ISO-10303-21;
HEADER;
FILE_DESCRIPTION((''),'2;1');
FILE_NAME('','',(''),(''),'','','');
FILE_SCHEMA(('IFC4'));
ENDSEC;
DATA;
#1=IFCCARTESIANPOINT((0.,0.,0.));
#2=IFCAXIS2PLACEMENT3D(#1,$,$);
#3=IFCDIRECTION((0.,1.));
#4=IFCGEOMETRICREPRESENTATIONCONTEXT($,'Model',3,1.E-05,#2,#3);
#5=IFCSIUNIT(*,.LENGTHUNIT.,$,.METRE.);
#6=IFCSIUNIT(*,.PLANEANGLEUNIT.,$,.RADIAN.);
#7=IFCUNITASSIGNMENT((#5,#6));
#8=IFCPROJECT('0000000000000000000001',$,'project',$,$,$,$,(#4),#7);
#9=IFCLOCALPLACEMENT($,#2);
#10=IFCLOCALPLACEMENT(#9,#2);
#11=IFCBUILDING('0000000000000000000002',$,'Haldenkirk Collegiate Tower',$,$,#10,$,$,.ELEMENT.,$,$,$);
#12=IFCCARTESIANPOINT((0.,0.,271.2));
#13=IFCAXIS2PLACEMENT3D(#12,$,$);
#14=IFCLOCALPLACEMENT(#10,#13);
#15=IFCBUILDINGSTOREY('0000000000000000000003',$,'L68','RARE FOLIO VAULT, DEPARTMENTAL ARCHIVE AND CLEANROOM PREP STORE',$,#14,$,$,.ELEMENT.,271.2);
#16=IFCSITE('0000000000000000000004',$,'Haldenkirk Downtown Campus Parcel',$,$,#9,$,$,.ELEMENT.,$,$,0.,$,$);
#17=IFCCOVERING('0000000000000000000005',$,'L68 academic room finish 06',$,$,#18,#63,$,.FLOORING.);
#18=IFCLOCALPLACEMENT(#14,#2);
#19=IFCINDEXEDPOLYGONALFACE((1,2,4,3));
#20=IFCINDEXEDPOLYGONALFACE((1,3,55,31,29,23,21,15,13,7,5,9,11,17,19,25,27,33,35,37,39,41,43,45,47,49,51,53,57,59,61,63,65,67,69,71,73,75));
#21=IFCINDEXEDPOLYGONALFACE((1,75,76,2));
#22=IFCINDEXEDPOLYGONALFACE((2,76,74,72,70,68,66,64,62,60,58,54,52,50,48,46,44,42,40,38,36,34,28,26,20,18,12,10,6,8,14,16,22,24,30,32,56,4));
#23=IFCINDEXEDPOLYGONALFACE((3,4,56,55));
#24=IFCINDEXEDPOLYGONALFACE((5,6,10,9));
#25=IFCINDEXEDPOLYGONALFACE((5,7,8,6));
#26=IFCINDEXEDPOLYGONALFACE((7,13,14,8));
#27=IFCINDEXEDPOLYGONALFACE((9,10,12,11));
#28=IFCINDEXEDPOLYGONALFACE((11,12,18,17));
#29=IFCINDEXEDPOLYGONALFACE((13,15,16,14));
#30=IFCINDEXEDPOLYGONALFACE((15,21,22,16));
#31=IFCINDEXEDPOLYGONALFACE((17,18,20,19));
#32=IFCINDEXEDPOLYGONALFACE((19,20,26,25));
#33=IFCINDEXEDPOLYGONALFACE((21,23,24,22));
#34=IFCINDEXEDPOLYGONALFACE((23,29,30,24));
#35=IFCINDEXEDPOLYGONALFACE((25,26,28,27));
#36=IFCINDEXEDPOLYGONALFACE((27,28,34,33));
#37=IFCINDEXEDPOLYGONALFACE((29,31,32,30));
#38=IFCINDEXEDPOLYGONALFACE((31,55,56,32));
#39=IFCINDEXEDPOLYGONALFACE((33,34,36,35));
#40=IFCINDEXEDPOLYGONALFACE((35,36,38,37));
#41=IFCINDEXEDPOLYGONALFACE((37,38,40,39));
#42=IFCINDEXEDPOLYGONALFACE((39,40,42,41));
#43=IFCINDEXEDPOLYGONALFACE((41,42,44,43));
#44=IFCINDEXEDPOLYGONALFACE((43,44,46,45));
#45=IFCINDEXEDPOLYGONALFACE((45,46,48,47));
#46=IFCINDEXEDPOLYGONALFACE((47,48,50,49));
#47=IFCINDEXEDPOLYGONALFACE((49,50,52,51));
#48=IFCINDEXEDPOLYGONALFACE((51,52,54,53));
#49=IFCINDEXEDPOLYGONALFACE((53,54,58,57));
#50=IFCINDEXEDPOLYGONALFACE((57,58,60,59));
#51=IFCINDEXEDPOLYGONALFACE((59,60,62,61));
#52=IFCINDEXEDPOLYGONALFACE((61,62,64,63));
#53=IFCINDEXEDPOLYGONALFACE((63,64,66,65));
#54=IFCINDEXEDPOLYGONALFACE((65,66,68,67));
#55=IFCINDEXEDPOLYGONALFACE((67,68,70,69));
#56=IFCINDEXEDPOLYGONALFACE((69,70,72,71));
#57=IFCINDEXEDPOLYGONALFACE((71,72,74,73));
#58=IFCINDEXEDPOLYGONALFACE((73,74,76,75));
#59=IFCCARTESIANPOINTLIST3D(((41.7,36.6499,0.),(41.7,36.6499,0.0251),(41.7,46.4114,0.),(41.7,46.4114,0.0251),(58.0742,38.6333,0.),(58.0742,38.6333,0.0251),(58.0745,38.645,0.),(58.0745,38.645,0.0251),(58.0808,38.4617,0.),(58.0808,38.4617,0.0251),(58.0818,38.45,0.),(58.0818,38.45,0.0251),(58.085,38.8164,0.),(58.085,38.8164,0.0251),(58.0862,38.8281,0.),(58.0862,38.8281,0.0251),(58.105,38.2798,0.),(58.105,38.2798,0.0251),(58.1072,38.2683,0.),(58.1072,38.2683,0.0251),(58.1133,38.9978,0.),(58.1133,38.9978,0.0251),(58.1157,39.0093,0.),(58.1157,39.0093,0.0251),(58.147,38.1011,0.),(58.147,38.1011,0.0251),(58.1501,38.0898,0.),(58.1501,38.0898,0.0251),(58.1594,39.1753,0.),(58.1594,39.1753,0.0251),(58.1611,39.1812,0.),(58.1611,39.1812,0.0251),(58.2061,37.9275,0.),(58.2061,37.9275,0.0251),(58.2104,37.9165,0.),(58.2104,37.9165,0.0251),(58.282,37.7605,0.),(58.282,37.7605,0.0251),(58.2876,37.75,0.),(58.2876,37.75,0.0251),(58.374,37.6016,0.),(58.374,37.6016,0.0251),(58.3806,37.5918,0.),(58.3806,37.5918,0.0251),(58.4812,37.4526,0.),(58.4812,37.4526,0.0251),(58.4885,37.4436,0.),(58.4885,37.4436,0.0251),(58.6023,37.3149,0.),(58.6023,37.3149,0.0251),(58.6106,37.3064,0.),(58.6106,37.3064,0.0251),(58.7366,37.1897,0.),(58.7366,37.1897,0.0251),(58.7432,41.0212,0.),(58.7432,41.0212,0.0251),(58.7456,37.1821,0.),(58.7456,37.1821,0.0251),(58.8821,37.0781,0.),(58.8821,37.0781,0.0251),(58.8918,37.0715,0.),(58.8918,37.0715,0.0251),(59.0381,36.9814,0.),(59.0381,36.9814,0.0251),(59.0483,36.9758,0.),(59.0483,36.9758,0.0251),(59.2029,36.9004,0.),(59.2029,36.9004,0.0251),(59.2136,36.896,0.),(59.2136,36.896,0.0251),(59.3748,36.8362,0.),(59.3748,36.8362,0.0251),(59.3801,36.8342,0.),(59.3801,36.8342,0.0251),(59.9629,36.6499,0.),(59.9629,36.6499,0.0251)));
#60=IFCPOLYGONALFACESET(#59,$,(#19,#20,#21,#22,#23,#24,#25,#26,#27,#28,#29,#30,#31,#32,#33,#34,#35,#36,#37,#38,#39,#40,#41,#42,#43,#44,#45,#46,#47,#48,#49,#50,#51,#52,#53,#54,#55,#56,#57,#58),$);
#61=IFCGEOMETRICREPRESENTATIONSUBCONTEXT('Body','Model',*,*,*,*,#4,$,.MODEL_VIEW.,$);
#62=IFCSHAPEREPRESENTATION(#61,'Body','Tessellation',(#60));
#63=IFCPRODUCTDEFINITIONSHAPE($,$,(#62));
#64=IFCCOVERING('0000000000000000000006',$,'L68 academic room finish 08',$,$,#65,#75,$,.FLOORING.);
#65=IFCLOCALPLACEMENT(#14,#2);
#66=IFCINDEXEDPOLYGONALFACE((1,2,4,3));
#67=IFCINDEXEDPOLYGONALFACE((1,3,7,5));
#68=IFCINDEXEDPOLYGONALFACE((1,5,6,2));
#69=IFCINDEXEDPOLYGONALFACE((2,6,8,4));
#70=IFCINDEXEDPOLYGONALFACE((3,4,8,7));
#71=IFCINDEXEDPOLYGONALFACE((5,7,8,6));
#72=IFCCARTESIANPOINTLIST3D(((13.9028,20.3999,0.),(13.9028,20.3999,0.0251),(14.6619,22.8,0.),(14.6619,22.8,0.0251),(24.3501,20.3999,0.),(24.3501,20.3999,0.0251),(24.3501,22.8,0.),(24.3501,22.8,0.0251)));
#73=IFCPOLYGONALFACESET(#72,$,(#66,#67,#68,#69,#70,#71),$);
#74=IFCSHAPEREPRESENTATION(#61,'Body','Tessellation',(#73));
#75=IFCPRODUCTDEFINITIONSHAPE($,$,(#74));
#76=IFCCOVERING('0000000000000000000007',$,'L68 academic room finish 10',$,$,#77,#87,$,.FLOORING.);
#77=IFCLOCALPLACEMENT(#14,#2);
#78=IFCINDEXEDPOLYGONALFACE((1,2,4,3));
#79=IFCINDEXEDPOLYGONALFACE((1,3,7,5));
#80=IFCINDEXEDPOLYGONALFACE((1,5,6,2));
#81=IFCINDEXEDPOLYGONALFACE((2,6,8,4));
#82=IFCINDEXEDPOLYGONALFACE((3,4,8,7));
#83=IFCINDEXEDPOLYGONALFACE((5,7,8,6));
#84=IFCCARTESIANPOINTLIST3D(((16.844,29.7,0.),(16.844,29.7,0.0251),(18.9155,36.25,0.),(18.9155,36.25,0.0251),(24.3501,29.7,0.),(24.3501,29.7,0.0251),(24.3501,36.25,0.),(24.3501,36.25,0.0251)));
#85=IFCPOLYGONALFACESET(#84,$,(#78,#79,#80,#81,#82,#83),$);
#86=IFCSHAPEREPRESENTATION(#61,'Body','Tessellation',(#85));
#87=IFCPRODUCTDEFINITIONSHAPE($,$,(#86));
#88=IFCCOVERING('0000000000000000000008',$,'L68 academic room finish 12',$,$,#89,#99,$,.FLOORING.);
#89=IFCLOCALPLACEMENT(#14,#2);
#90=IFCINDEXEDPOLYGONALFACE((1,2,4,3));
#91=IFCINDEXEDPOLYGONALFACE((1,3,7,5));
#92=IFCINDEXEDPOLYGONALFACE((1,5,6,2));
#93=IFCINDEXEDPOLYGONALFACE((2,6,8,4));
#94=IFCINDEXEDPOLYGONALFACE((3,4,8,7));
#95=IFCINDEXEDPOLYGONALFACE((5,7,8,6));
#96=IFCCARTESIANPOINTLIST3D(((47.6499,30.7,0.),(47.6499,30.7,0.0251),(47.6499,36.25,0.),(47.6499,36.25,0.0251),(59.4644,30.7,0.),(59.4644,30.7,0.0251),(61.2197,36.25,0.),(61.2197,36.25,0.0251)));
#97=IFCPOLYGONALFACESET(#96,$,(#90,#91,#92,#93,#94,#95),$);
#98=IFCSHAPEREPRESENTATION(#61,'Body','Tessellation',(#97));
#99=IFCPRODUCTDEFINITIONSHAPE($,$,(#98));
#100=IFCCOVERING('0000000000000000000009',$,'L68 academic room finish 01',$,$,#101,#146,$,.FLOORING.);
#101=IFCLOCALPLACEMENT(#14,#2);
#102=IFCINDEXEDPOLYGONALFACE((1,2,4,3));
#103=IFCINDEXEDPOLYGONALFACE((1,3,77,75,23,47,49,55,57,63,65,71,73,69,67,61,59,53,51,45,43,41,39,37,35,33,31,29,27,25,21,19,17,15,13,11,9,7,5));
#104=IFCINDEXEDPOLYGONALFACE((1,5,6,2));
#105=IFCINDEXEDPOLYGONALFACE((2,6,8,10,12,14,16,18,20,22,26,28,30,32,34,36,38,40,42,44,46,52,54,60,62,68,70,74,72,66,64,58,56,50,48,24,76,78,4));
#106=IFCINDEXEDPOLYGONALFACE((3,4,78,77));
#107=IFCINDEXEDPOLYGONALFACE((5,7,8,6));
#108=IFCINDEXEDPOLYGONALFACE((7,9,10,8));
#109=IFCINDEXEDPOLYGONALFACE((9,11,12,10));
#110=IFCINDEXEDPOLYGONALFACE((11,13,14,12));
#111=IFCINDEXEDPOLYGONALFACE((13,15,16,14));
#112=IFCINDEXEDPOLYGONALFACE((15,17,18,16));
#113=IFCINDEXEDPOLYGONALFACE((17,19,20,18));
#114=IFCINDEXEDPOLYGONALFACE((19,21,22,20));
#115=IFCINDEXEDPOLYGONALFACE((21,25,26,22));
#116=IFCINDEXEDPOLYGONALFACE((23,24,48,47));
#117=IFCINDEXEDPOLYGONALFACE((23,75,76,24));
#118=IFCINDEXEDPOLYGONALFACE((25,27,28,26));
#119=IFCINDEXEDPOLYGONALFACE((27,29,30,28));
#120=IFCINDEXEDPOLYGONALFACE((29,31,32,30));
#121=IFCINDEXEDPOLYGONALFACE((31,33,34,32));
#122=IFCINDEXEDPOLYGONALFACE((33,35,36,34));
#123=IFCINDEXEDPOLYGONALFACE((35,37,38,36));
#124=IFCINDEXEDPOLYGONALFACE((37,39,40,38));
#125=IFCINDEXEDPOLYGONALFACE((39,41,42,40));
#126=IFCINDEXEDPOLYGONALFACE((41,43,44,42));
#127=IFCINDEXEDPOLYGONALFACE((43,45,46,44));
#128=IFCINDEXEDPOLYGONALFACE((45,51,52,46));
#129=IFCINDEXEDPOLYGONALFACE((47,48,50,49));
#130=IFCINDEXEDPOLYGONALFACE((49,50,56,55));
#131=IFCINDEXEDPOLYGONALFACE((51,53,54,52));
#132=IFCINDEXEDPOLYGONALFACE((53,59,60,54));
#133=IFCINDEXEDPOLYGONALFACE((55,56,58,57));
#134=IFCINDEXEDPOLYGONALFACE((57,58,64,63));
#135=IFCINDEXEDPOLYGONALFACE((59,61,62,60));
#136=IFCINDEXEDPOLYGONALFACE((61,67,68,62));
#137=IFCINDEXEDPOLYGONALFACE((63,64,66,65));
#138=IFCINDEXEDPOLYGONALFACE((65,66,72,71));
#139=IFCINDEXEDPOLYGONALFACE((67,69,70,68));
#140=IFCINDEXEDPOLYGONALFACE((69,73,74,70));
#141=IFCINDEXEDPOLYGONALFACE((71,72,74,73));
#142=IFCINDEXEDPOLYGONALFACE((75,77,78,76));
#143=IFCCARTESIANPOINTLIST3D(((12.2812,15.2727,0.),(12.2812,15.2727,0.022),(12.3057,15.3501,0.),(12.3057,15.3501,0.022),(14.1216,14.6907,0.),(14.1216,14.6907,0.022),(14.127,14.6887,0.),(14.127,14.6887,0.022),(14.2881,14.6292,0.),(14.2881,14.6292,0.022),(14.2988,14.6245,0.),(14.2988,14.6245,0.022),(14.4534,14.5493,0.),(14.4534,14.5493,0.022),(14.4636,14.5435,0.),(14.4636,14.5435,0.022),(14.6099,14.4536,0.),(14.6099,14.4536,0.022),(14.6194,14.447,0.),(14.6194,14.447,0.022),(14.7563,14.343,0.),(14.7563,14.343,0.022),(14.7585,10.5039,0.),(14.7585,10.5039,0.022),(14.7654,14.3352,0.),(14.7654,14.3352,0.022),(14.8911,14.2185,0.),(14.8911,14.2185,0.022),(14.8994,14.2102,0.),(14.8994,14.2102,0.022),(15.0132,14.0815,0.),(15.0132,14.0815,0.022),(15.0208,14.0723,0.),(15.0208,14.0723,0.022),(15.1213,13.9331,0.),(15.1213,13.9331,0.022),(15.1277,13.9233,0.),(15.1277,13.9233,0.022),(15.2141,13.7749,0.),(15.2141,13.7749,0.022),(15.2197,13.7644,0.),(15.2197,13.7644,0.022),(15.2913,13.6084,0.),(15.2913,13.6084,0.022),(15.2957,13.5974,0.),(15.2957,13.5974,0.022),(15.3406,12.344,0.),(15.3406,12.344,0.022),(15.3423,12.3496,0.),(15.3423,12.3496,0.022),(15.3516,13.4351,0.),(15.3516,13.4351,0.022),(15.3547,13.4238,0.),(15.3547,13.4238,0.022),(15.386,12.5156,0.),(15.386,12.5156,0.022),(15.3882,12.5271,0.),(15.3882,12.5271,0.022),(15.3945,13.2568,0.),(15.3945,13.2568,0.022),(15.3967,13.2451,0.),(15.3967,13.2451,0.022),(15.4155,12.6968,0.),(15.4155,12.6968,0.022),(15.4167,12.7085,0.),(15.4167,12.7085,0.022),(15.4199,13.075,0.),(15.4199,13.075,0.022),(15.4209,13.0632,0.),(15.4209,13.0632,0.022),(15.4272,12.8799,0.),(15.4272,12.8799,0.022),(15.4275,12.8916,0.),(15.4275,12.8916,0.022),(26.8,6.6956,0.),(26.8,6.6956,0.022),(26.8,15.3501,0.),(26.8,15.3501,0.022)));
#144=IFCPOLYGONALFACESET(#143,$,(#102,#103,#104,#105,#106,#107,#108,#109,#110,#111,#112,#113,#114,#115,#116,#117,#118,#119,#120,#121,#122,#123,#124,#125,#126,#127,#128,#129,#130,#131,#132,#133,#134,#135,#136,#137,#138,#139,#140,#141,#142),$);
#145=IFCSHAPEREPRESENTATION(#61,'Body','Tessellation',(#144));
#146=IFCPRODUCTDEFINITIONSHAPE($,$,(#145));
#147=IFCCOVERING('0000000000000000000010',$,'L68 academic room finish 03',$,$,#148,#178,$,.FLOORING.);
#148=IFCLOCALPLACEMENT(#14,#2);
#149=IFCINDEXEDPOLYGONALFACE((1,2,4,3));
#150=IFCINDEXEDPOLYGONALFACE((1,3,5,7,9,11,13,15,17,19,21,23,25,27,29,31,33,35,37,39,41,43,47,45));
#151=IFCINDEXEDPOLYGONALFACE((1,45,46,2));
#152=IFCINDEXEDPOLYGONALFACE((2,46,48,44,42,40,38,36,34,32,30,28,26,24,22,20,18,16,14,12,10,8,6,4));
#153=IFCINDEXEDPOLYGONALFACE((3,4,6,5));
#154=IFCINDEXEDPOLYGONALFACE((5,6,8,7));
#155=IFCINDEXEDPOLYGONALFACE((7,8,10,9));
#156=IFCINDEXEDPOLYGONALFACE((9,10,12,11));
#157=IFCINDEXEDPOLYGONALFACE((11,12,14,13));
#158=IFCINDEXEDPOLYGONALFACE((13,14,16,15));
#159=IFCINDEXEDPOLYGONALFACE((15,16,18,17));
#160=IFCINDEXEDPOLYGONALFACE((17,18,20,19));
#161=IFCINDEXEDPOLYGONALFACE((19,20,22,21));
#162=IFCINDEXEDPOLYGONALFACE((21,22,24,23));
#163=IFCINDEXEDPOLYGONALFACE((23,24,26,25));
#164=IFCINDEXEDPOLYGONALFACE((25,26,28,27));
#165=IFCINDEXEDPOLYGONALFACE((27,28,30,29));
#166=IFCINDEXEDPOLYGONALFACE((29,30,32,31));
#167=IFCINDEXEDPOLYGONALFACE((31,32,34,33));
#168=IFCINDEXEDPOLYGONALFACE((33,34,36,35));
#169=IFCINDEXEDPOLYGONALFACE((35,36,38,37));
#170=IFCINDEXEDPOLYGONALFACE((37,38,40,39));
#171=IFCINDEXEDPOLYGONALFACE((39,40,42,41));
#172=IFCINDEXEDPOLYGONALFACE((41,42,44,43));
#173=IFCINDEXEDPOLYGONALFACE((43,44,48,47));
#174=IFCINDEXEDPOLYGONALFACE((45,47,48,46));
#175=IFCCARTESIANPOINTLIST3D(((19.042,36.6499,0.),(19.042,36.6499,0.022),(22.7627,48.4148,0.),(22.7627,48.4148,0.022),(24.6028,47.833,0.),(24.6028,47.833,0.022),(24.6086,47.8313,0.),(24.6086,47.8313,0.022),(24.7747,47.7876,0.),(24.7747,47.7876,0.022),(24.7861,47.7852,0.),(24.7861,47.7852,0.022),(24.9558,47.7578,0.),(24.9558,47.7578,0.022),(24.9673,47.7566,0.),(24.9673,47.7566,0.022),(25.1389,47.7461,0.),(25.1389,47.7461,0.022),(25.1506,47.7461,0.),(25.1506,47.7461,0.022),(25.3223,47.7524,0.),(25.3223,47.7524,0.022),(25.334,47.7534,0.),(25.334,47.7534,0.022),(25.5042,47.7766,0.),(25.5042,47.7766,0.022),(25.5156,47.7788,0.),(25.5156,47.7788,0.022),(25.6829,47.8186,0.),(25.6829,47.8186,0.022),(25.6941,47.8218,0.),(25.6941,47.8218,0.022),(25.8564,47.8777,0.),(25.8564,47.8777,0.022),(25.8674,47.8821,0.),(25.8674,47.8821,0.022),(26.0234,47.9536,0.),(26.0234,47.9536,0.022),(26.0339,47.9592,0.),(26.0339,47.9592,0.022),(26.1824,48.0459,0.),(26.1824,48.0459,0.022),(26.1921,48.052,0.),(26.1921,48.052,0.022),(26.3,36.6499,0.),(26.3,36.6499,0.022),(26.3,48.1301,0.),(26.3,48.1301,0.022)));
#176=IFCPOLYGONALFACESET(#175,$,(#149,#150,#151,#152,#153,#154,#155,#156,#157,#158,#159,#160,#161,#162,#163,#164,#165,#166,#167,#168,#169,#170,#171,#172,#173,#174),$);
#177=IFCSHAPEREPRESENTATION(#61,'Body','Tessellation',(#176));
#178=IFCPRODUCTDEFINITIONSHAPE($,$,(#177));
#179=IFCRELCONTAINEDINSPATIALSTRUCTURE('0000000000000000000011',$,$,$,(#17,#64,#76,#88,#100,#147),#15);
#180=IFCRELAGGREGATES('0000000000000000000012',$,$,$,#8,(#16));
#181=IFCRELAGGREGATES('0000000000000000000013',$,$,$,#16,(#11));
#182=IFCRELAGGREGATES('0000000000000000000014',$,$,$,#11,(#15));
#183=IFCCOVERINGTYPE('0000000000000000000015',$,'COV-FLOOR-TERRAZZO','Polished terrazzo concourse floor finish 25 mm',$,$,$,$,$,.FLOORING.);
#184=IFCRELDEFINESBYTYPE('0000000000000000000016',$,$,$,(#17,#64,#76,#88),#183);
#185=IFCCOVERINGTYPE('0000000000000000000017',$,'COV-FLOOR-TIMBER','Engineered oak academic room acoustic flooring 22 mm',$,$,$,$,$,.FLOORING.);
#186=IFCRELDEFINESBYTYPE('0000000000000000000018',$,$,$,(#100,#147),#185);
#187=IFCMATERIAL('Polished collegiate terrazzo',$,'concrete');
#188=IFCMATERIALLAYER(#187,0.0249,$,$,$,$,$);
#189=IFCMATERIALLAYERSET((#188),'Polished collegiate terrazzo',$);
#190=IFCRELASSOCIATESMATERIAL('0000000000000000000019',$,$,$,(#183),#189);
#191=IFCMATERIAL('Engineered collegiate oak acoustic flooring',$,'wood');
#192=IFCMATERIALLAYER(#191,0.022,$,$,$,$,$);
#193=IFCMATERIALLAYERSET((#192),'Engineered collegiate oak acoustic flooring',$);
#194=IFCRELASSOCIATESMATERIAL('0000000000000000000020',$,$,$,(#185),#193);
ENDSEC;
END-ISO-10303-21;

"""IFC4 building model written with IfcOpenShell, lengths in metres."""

from ifc_helpers import new_model, si_unit, direction, frame, origin, place, context, subcontext, project, spatial, polyline, outline, extrude, material, layer, layer_set, type_object, element, save


model = new_model("IFC4")

# Units and contexts
model_context = context("Model", 3, precision=1e-05, world=origin(), true_north=direction((0.0, 1.0)))
body_context = subcontext(model_context, "Body", "Model", "MODEL_VIEW")
ifc_project = project(units=[si_unit("LENGTHUNIT", "METRE"), si_unit("PLANEANGLEUNIT", "RADIAN")], contexts=[model_context])

# Site, building, storey
site_placement = place(None, origin())
site = spatial("IfcSite", under=ifc_project, at=site_placement, Name="Haldenkirk Downtown Campus Parcel", CompositionType="ELEMENT", RefElevation=0.0)
building_placement = place(site_placement, origin())
building = spatial("IfcBuilding", under=site, at=building_placement, Name="Haldenkirk Collegiate Tower", CompositionType="ELEMENT")
storey_placement = place(building_placement, frame((0.0, 0.0, 271.2)))
storey = spatial("IfcBuildingStorey", under=building, at=storey_placement, Name="L68", Description="RARE FOLIO VAULT, DEPARTMENTAL ARCHIVE AND CLEANROOM PREP STORE", CompositionType="ELEMENT", Elevation=271.2)

# Coverings
ifc_material_1 = material(Name="Polished collegiate terrazzo", Category="concrete")
ifc_layer_1 = layer(ifc_material_1, 0.0249)
ifc_layer_set_1 = layer_set([ifc_layer_1], Name="Polished collegiate terrazzo")
covering_type_1 = type_object("IfcCoveringType", Name="COV-FLOOR-TERRAZZO", Description="Polished terrazzo concourse floor finish 25 mm", PredefinedType="FLOORING", material=ifc_layer_set_1)
covering_1_placement = place(storey_placement, origin())
element("IfcCovering", 1, at=covering_1_placement, inside=storey, type_object=covering_type_1, Name="L68 academic room finish 06", PredefinedType="FLOORING", context=body_context, shape_type="SweptSolid", body=[
    extrude(outline(polyline([(58.7432, 41.0212), (58.1611, 39.1812), (58.1594, 39.1753), (58.1157, 39.0093), (58.1133, 38.9978), (58.0862, 38.8281), (58.085, 38.8164), (58.0745, 38.645), (58.0742, 38.6333), (58.0808, 38.4617), (58.0818, 38.45), (58.105, 38.2798), (58.1072, 38.2683), (58.147, 38.1011), (58.1501, 38.0898), (58.2061, 37.9275), (58.2104, 37.9165), (58.282, 37.7605), (58.2876, 37.75), (58.374, 37.6016), (58.3806, 37.5918), (58.4812, 37.4526), (58.4885, 37.4436), (58.6023, 37.3149), (58.6106, 37.3064), (58.7366, 37.1897), (58.7456, 37.1821), (58.8821, 37.0781), (58.8918, 37.0715), (59.0381, 36.9814), (59.0483, 36.9758), (59.2029, 36.9004), (59.2136, 36.896), (59.3748, 36.8362), (59.3801, 36.8342), (59.9629, 36.6499), (41.7, 36.6499), (41.7, 46.4114), (58.7432, 41.0212)])), origin(), (0.0, 0.0, 1.0), 0.0251),
])
covering_2_placement = place(storey_placement, origin())
element("IfcCovering", 2, at=covering_2_placement, inside=storey, type_object=covering_type_1, Name="L68 academic room finish 08", PredefinedType="FLOORING", context=body_context, shape_type="SweptSolid", body=[
    extrude(outline(polyline([(14.6619, 22.8), (24.3501, 22.8), (24.3501, 20.3999), (13.9028, 20.3999), (14.6619, 22.8)])), origin(), (0.0, 0.0, 1.0), 0.0251),
])
covering_3_placement = place(storey_placement, origin())
element("IfcCovering", 3, at=covering_3_placement, inside=storey, type_object=covering_type_1, Name="L68 academic room finish 10", PredefinedType="FLOORING", context=body_context, shape_type="SweptSolid", body=[
    extrude(outline(polyline([(18.9155, 36.25), (24.3501, 36.25), (24.3501, 29.7), (16.844, 29.7), (18.9155, 36.25)])), origin(), (0.0, 0.0, 1.0), 0.0251),
])
covering_4_placement = place(storey_placement, origin())
element("IfcCovering", 4, at=covering_4_placement, inside=storey, type_object=covering_type_1, Name="L68 academic room finish 12", PredefinedType="FLOORING", context=body_context, shape_type="SweptSolid", body=[
    extrude(outline(polyline([(59.4644, 30.7), (47.6499, 30.7), (47.6499, 36.25), (61.2197, 36.25), (59.4644, 30.7)])), origin(), (0.0, 0.0, 1.0), 0.0251),
])
ifc_material_2 = material(Name="Engineered collegiate oak acoustic flooring", Category="wood")
ifc_layer_2 = layer(ifc_material_2, 0.022)
ifc_layer_set_2 = layer_set([ifc_layer_2], Name="Engineered collegiate oak acoustic flooring")
covering_type_2 = type_object("IfcCoveringType", Name="COV-FLOOR-TIMBER", Description="Engineered oak academic room acoustic flooring 22 mm", PredefinedType="FLOORING", material=ifc_layer_set_2)
covering_5_placement = place(storey_placement, origin())
element("IfcCovering", 5, at=covering_5_placement, inside=storey, type_object=covering_type_2, Name="L68 academic room finish 01", PredefinedType="FLOORING", context=body_context, shape_type="SweptSolid", body=[
    extrude(outline(polyline([(14.7585, 10.5039), (15.3406, 12.344), (15.3423, 12.3496), (15.386, 12.5156), (15.3882, 12.5271), (15.4155, 12.6968), (15.4167, 12.7085), (15.4272, 12.8799), (15.4275, 12.8916), (15.4209, 13.0632), (15.4199, 13.075), (15.3967, 13.2451), (15.3945, 13.2568), (15.3547, 13.4238), (15.3516, 13.4351), (15.2957, 13.5974), (15.2913, 13.6084), (15.2197, 13.7644), (15.2141, 13.7749), (15.1277, 13.9233), (15.1213, 13.9331), (15.0208, 14.0723), (15.0132, 14.0815), (14.8994, 14.2102), (14.8911, 14.2185), (14.7654, 14.3352), (14.7563, 14.343), (14.6194, 14.447), (14.6099, 14.4536), (14.4636, 14.5435), (14.4534, 14.5493), (14.2988, 14.6245), (14.2881, 14.6292), (14.127, 14.6887), (14.1216, 14.6907), (12.2812, 15.2727), (12.3057, 15.3501), (26.8, 15.3501), (26.8, 6.6956), (14.7585, 10.5039)])), origin(), (0.0, 0.0, 1.0), 0.022),
])
covering_6_placement = place(storey_placement, origin())
element("IfcCovering", 6, at=covering_6_placement, inside=storey, type_object=covering_type_2, Name="L68 academic room finish 03", PredefinedType="FLOORING", context=body_context, shape_type="SweptSolid", body=[
    extrude(outline(polyline([(24.6028, 47.833), (24.6086, 47.8313), (24.7747, 47.7876), (24.7861, 47.7852), (24.9558, 47.7578), (24.9673, 47.7566), (25.1389, 47.7461), (25.1506, 47.7461), (25.3223, 47.7524), (25.334, 47.7534), (25.5042, 47.7766), (25.5156, 47.7788), (25.6829, 47.8186), (25.6941, 47.8218), (25.8564, 47.8777), (25.8674, 47.8821), (26.0234, 47.9536), (26.0339, 47.9592), (26.1824, 48.0459), (26.1921, 48.052), (26.3, 48.1301), (26.3, 36.6499), (19.042, 36.6499), (22.7627, 48.4148), (24.6028, 47.833)])), origin(), (0.0, 0.0, 1.0), 0.022),
])

save(model, "model.ifc")
